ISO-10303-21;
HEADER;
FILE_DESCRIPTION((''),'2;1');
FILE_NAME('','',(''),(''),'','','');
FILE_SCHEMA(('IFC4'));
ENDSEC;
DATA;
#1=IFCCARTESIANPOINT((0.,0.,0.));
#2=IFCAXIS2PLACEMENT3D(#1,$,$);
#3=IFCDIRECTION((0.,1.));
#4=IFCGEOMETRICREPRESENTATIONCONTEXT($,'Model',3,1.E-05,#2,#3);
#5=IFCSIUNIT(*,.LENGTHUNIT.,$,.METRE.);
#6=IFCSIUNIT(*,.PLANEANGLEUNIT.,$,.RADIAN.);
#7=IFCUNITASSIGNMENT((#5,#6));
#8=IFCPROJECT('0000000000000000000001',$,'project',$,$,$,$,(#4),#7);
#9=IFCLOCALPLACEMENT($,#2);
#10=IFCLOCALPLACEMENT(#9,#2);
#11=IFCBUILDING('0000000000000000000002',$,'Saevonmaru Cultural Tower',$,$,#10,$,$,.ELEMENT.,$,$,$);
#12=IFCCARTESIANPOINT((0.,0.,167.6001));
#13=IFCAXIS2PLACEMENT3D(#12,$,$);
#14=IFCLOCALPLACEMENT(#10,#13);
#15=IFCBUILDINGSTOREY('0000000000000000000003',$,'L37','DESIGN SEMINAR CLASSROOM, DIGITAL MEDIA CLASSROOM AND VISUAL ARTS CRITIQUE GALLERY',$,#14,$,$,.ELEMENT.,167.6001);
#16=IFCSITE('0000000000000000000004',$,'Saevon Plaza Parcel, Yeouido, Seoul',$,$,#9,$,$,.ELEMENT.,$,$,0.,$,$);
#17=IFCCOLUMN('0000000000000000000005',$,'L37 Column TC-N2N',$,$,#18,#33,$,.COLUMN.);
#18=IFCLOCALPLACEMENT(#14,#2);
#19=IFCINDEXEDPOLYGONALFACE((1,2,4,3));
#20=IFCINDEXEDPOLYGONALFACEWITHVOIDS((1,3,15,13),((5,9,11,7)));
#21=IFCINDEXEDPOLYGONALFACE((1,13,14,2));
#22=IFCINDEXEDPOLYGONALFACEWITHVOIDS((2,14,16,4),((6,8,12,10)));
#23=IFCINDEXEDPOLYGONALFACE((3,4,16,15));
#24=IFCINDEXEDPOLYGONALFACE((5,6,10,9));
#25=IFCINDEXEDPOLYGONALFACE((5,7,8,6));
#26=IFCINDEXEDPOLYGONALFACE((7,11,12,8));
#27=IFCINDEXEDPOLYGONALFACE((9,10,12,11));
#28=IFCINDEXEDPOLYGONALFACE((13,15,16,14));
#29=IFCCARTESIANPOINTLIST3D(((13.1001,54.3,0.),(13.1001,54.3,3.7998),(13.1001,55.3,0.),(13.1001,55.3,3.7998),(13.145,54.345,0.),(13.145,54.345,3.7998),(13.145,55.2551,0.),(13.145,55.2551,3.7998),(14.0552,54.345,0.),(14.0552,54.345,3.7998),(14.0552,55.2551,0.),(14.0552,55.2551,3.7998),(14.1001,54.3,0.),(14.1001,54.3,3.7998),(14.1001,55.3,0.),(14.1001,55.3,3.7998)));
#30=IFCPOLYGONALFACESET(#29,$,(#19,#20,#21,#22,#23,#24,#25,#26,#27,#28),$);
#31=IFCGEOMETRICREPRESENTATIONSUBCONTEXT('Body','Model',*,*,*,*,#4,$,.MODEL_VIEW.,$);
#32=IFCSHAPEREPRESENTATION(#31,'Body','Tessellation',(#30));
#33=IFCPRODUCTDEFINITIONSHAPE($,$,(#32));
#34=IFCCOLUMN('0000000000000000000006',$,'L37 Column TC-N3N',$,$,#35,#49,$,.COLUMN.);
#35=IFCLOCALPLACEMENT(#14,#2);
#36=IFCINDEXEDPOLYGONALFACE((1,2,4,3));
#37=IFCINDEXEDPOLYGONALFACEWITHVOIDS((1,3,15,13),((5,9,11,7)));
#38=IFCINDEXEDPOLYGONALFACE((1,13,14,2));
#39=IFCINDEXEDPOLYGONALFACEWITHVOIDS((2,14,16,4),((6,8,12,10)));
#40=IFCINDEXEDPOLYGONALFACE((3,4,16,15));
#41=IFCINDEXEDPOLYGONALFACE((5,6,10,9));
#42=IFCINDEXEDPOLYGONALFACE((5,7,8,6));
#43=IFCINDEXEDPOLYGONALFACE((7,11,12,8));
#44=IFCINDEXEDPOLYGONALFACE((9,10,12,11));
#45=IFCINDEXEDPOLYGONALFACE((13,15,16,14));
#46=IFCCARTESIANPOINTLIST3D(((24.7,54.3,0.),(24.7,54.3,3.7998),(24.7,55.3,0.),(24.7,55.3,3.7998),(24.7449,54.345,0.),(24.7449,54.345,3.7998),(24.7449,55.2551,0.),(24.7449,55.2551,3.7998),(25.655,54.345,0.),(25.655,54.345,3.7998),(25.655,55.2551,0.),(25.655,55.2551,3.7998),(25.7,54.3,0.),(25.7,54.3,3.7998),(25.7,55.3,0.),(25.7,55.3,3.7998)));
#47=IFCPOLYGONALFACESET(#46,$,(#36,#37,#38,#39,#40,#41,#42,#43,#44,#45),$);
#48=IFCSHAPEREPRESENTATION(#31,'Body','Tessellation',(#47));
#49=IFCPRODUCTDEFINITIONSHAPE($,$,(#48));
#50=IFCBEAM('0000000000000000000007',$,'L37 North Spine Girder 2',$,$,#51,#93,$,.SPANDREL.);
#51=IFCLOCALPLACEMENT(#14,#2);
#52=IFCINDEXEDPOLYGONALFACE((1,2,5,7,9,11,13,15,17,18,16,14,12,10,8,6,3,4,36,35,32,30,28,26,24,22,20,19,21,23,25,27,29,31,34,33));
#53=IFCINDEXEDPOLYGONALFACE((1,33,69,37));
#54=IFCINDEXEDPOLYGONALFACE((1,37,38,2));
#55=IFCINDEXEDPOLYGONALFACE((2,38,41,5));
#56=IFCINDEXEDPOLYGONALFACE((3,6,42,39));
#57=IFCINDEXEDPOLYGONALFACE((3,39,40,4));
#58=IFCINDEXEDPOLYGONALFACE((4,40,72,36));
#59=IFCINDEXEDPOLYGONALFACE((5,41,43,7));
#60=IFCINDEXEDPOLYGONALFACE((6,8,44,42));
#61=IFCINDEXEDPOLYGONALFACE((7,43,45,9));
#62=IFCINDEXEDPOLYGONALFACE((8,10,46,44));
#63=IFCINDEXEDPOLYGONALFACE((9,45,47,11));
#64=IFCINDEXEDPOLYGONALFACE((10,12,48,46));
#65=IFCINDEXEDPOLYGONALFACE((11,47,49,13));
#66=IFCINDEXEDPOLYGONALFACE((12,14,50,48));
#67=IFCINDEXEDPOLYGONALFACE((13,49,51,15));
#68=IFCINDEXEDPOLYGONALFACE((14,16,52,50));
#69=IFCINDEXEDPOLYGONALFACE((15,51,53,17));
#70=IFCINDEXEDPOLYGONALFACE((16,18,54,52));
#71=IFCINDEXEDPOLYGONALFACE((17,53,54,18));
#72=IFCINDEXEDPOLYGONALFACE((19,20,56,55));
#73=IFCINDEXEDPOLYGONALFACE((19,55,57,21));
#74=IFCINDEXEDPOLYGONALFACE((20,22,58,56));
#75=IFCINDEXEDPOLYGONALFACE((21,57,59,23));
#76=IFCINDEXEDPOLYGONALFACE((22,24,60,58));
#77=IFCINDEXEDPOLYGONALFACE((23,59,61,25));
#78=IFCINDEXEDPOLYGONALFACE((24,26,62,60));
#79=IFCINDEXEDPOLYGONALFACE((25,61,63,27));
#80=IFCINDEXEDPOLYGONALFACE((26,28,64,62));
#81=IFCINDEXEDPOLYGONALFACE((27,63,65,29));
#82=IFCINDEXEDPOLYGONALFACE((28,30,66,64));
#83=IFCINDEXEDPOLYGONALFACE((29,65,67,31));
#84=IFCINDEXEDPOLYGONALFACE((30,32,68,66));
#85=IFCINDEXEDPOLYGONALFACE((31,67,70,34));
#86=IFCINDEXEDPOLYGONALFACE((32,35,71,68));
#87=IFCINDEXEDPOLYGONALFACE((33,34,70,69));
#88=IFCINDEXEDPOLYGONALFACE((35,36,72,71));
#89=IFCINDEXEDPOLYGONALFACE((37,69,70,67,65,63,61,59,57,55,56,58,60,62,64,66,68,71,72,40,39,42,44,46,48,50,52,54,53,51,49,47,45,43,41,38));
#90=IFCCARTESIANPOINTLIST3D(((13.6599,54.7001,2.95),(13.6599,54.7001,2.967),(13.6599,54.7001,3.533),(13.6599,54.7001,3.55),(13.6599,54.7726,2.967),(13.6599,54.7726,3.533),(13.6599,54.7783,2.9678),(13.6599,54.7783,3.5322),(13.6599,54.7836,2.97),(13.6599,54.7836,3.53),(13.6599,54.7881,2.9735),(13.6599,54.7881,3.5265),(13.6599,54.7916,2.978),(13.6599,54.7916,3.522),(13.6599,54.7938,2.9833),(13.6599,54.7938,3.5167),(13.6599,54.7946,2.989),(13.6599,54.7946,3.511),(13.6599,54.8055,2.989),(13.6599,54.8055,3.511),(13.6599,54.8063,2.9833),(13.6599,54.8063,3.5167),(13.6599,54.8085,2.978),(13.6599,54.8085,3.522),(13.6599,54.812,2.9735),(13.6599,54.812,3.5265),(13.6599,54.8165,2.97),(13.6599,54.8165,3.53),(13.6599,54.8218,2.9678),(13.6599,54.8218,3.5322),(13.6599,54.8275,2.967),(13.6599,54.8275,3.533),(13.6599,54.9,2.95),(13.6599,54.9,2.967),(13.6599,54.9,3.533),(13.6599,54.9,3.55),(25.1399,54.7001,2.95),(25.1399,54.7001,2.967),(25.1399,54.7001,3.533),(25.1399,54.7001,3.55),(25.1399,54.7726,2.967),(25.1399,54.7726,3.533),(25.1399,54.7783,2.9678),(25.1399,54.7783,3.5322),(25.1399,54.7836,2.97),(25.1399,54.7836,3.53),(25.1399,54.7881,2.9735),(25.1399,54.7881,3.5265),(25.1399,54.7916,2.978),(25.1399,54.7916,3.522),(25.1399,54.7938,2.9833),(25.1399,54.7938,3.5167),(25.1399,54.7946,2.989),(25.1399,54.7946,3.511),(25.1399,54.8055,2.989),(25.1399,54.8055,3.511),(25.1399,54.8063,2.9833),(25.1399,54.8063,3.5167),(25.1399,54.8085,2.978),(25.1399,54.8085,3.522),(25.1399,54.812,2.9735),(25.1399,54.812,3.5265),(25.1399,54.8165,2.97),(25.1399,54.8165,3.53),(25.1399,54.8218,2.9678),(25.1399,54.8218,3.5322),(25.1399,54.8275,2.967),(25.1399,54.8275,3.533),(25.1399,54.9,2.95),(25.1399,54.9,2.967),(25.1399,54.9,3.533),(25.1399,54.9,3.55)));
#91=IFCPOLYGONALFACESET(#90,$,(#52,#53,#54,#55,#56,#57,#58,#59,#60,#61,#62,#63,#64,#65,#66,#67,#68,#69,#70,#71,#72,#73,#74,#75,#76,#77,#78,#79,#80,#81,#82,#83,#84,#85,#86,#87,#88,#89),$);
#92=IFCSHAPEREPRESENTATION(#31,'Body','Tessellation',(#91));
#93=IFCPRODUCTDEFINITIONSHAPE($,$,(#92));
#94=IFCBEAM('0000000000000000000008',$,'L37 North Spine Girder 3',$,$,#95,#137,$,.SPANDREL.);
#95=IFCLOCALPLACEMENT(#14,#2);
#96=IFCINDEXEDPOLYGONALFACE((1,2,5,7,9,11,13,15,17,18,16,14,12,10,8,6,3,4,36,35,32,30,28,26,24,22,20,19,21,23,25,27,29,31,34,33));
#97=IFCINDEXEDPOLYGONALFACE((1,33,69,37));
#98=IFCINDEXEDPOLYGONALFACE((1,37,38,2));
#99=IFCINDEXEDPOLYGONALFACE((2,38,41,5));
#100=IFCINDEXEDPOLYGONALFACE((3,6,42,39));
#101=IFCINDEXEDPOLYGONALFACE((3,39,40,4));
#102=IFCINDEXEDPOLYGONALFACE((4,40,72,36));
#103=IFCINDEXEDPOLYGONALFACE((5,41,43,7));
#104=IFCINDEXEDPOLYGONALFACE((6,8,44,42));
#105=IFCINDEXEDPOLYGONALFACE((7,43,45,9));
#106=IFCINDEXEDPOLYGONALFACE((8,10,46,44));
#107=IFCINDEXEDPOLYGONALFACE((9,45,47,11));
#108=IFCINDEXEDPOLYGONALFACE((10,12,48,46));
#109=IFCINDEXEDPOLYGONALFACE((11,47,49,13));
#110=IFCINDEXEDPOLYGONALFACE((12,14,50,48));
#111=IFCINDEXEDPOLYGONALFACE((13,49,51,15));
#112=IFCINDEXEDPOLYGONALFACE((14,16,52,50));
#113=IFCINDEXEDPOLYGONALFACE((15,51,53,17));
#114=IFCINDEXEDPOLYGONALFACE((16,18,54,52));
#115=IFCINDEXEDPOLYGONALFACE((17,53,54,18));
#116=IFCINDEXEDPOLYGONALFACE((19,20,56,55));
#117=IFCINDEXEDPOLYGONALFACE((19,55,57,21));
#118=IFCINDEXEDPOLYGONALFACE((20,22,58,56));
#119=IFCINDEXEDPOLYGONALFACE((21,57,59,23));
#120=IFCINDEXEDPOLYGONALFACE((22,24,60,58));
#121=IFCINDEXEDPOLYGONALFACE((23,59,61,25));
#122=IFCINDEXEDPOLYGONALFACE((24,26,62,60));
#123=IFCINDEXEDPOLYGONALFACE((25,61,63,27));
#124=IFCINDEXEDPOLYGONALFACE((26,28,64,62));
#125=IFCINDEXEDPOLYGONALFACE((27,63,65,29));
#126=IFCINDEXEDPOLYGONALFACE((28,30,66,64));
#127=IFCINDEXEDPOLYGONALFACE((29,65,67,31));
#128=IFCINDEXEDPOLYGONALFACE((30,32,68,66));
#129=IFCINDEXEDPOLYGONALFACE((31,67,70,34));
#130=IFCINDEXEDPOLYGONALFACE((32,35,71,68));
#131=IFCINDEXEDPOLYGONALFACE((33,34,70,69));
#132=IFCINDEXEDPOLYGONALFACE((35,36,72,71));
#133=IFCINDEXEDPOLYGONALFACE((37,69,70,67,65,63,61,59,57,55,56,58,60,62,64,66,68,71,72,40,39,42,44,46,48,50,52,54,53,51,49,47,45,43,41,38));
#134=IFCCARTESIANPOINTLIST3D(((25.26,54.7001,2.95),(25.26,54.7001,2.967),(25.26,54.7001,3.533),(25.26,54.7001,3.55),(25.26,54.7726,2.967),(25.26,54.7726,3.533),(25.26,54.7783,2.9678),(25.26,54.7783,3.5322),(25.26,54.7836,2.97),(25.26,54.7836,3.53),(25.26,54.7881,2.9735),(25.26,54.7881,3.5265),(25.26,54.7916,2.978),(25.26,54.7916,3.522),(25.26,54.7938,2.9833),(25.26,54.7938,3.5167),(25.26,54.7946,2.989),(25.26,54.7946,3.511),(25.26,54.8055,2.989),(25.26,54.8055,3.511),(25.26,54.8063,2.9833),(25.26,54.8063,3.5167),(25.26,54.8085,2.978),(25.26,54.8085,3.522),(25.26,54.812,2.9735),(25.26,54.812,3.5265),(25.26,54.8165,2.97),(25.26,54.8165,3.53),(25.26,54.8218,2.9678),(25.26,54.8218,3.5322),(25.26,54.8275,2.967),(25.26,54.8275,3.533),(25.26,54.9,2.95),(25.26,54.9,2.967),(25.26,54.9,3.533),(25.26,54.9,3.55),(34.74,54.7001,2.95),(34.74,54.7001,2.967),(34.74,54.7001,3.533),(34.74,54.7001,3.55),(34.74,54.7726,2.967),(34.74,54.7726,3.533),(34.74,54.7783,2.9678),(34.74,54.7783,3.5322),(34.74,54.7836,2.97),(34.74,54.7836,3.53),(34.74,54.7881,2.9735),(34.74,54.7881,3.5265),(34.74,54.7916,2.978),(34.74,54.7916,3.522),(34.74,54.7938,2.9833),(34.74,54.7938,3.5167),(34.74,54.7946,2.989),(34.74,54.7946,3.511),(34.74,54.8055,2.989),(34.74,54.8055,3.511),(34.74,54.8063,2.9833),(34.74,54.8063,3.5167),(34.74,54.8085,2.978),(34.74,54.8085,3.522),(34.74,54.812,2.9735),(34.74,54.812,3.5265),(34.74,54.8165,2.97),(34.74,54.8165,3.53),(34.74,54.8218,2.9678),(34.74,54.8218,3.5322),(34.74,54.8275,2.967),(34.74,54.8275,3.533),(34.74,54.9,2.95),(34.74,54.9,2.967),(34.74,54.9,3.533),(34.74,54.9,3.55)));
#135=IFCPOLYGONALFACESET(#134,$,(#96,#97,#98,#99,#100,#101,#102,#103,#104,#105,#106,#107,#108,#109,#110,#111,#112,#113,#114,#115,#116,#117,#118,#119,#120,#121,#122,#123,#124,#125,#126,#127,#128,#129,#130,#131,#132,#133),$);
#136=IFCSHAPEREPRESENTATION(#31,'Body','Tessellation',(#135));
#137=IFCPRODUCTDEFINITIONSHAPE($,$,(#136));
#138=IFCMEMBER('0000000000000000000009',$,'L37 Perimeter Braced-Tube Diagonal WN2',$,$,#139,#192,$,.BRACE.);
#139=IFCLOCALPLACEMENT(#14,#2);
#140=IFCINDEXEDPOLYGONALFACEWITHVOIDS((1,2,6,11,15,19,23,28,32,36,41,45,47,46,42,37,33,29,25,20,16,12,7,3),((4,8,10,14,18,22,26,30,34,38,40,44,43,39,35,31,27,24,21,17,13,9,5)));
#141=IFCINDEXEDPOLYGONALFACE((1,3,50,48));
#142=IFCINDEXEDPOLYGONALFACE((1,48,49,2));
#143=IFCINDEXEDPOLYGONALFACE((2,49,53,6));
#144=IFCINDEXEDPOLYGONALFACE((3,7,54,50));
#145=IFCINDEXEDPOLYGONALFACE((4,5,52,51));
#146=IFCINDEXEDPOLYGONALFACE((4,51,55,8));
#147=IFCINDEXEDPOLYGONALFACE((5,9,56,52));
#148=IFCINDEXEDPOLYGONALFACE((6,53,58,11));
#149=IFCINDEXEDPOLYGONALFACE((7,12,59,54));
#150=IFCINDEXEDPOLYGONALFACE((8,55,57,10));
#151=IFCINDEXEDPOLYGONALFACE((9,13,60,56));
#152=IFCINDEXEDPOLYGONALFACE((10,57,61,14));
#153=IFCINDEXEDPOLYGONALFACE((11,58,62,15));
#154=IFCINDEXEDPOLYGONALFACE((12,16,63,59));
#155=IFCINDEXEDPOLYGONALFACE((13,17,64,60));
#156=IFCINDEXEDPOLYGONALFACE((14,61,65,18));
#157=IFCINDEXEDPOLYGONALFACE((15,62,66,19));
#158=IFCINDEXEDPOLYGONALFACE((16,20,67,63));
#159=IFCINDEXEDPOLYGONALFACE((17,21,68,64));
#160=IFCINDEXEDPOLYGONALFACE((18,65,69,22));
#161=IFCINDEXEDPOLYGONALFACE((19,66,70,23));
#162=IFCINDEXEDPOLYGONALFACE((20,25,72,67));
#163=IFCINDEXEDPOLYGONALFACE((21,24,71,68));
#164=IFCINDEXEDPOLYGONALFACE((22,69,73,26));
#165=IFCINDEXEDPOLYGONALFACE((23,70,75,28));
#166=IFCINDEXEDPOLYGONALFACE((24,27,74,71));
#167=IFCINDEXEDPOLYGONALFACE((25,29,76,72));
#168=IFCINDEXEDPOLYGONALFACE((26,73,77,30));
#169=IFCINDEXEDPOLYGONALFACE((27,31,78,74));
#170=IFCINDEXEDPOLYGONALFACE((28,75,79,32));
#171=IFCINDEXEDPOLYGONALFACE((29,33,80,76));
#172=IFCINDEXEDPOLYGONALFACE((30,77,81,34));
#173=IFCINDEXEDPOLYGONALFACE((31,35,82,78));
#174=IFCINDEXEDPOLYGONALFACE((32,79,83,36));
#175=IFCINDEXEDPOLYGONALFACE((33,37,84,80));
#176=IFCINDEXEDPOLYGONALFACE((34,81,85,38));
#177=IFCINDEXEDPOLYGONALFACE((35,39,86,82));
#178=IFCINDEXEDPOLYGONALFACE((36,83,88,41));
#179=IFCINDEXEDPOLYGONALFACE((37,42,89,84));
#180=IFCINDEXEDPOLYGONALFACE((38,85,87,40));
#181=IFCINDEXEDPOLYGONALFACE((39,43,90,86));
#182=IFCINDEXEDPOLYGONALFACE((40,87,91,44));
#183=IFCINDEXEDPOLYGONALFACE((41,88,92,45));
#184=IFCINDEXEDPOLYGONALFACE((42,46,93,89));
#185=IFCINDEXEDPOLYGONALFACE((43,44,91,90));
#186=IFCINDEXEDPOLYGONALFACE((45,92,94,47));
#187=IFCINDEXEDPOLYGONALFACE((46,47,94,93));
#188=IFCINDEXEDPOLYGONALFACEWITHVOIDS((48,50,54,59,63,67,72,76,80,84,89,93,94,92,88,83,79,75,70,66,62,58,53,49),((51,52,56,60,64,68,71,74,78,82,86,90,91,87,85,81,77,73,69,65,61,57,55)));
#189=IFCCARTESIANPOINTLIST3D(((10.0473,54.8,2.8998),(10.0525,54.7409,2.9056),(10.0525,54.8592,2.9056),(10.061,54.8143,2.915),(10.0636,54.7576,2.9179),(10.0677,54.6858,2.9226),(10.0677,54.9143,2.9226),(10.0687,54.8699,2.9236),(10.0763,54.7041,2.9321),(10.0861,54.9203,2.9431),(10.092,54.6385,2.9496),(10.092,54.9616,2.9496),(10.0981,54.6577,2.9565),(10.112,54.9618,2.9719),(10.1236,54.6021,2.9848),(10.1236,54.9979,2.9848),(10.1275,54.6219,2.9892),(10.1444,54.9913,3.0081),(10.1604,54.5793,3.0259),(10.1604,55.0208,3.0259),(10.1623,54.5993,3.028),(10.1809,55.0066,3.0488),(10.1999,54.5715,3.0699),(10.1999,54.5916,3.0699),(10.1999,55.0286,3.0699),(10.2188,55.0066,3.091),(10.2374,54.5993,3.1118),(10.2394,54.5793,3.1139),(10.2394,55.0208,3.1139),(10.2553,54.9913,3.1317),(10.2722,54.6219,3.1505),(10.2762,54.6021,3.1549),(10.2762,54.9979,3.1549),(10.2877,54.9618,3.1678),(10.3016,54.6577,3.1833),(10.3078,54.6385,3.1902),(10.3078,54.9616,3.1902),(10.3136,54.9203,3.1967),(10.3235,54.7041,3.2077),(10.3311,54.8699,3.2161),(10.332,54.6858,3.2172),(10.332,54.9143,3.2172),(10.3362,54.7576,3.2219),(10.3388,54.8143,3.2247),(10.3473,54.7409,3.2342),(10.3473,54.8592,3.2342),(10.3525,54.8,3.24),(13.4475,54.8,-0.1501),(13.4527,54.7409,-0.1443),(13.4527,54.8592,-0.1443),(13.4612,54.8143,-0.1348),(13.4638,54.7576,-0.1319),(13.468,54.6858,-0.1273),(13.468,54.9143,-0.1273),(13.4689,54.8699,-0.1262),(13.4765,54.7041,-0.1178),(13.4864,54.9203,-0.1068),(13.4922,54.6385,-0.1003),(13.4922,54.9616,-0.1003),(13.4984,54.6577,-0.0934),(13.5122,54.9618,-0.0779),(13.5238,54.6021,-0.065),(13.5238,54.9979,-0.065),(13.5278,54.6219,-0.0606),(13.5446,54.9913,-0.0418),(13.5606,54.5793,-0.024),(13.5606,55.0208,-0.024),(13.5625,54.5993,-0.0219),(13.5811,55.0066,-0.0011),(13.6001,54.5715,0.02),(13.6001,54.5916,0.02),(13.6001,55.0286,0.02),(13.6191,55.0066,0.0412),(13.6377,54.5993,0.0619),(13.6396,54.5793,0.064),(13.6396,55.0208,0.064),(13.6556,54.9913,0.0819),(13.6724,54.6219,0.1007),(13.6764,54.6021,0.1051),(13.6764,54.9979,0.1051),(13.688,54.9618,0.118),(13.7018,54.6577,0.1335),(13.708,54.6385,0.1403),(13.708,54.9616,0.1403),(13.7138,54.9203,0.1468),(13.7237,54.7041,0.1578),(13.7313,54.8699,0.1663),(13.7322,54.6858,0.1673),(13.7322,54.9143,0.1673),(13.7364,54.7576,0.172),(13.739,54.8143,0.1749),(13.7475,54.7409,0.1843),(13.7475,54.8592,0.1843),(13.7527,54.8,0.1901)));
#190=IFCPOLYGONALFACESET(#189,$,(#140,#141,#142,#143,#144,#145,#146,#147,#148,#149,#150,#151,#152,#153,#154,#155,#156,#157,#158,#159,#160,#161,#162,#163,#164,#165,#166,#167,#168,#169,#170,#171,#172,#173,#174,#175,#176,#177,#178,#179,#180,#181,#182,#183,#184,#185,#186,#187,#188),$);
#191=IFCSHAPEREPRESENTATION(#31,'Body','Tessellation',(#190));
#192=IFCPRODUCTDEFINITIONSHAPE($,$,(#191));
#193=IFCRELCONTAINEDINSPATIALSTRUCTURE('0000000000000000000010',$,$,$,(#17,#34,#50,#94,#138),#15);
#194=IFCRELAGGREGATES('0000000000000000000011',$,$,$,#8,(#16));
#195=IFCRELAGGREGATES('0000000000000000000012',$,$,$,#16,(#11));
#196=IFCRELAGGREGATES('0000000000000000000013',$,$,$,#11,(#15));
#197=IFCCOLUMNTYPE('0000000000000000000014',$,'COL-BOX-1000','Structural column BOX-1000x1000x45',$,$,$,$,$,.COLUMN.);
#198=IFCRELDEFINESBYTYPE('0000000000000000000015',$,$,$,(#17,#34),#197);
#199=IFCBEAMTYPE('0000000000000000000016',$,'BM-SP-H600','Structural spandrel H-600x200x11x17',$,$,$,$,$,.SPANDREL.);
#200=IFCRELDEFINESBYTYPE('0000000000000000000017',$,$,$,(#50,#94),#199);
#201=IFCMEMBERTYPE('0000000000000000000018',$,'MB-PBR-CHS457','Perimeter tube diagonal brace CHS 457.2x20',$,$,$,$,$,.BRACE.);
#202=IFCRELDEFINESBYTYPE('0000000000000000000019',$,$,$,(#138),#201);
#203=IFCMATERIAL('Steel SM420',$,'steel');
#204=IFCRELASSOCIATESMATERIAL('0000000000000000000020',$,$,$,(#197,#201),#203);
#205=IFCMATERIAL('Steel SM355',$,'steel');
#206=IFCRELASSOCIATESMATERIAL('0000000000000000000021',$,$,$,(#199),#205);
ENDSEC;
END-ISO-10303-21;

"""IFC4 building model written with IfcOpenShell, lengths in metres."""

from ifc_helpers import new_model, si_unit, direction, frame, origin, origin_2d, place, context, subcontext, project, spatial, hollow_rectangle, hollow_circle, i_section, extrude, material, material_profile, profile_set, type_object, element, save


model = new_model("IFC4")

# Units and contexts
model_context = context("Model", 3, precision=1e-05, world=origin(), true_north=direction((0.0, 1.0)))
body_context = subcontext(model_context, "Body", "Model", "MODEL_VIEW")
ifc_project = project(units=[si_unit("LENGTHUNIT", "METRE"), si_unit("PLANEANGLEUNIT", "RADIAN")], contexts=[model_context])

# Site, building, storey
site_placement = place(None, origin())
site = spatial("IfcSite", under=ifc_project, at=site_placement, Name="Saevon Plaza Parcel, Yeouido, Seoul", CompositionType="ELEMENT", RefElevation=0.0)
building_placement = place(site_placement, origin())
building = spatial("IfcBuilding", under=site, at=building_placement, Name="Saevonmaru Cultural Tower", CompositionType="ELEMENT")
storey_placement = place(building_placement, frame((0.0, 0.0, 167.6001)))
storey = spatial("IfcBuildingStorey", under=building, at=storey_placement, Name="L37", Description="DESIGN SEMINAR CLASSROOM, DIGITAL MEDIA CLASSROOM AND VISUAL ARTS CRITIQUE GALLERY", CompositionType="ELEMENT", Elevation=167.6001)

# Columns
ifc_material_1 = material(Name="Steel SM420", Category="steel")
ifc_material_profile_1 = material_profile(ifc_material_1, hollow_rectangle(XDim=1.0, YDim=1.0, WallThickness=0.0449, at=origin_2d()), Name="BOX-1000x1000x45")
ifc_profile_set_1 = profile_set([ifc_material_profile_1], Name="Steel SM420")
column_type = type_object("IfcColumnType", Name="COL-BOX-1000", Description="Structural column BOX-1000x1000x45", PredefinedType="COLUMN", material=ifc_profile_set_1)
for number, where, z_axis, x_axis, name in (
    (1, (13.6001, 54.8, 0.0), (0.0, 0.0, 1.0), (1.0, 0.0, 0.0), "L37 Column TC-N2N"),
    (2, (25.2, 54.8, 0.0), (0.0, 0.0, 1.0), (1.0, 0.0, 0.0), "L37 Column TC-N3N"),
):
    element("IfcColumn", number, at=place(storey_placement, frame(where, z_axis=z_axis, x_axis=x_axis)), inside=storey, type_object=column_type, Name=name, PredefinedType="COLUMN", context=body_context, shape_type="SweptSolid", body=[
        extrude(hollow_rectangle(XDim=1.0, YDim=1.0, WallThickness=0.0449, at=origin_2d()), origin(), (0.0, 0.0, 1.0), 3.7998),
    ])

# Beams
ifc_material_2 = material(Name="Steel SM355", Category="steel")
ifc_material_profile_2 = material_profile(ifc_material_2, i_section(OverallWidth=0.2, OverallDepth=0.6001, WebThickness=0.011, FlangeThickness=0.0171, FilletRadius=0.022, at=origin_2d()), Name="H-600x200x11x17")
ifc_profile_set_2 = profile_set([ifc_material_profile_2], Name="Steel SM355")
beam_type = type_object("IfcBeamType", Name="BM-SP-H600", Description="Structural spandrel H-600x200x11x17", PredefinedType="SPANDREL", material=ifc_profile_set_2)
beam_1_placement = place(storey_placement, frame((13.6599, 54.8, 3.25), z_axis=(1.0, 0.0, 0.0), x_axis=(0.0, 1.0, 0.0)))
element("IfcBeam", 3, at=beam_1_placement, inside=storey, type_object=beam_type, Name="L37 North Spine Girder 2", PredefinedType="SPANDREL", context=body_context, shape_type="SweptSolid", body=[
    extrude(i_section(OverallWidth=0.2, OverallDepth=0.6001, WebThickness=0.011, FlangeThickness=0.0171, FilletRadius=0.022, at=origin_2d()), origin(), (0.0, 0.0, 1.0), 11.48),
])
beam_2_placement = place(storey_placement, frame((25.26, 54.8, 3.25), z_axis=(1.0, 0.0, 0.0), x_axis=(0.0, 1.0, 0.0)))
element("IfcBeam", 4, at=beam_2_placement, inside=storey, type_object=beam_type, Name="L37 North Spine Girder 3", PredefinedType="SPANDREL", context=body_context, shape_type="SweptSolid", body=[
    extrude(i_section(OverallWidth=0.2, OverallDepth=0.6001, WebThickness=0.011, FlangeThickness=0.0171, FilletRadius=0.022, at=origin_2d()), origin(), (0.0, 0.0, 1.0), 9.48),
])

# Member
ifc_material_profile_3 = material_profile(ifc_material_1, hollow_circle(Radius=0.2285, WallThickness=0.02, at=origin_2d()), Name="CHS-457.2x20")
ifc_profile_set_3 = profile_set([ifc_material_profile_3], Name="Steel SM420")
member_type_1 = type_object("IfcMemberType", Name="MB-PBR-CHS457", Description="Perimeter tube diagonal brace CHS 457.2x20", PredefinedType="BRACE", material=ifc_profile_set_3)
member_1_placement = place(storey_placement, frame((13.6001, 54.8, 0.02), z_axis=(-0.744417, 0.0, 0.667715), x_axis=(0.0, -1.0, 0.0)))
element("IfcMember", 5, at=member_1_placement, inside=storey, type_object=member_type_1, Name="L37 Perimeter Braced-Tube Diagonal WN2", PredefinedType="BRACE", context=body_context, shape_type="SweptSolid", body=[
    extrude(hollow_circle(Radius=0.2285, WallThickness=0.02, at=origin_2d()), origin(), (0.0, 0.0, 1.0), 4.5676),
])

save(model, "model.ifc")
